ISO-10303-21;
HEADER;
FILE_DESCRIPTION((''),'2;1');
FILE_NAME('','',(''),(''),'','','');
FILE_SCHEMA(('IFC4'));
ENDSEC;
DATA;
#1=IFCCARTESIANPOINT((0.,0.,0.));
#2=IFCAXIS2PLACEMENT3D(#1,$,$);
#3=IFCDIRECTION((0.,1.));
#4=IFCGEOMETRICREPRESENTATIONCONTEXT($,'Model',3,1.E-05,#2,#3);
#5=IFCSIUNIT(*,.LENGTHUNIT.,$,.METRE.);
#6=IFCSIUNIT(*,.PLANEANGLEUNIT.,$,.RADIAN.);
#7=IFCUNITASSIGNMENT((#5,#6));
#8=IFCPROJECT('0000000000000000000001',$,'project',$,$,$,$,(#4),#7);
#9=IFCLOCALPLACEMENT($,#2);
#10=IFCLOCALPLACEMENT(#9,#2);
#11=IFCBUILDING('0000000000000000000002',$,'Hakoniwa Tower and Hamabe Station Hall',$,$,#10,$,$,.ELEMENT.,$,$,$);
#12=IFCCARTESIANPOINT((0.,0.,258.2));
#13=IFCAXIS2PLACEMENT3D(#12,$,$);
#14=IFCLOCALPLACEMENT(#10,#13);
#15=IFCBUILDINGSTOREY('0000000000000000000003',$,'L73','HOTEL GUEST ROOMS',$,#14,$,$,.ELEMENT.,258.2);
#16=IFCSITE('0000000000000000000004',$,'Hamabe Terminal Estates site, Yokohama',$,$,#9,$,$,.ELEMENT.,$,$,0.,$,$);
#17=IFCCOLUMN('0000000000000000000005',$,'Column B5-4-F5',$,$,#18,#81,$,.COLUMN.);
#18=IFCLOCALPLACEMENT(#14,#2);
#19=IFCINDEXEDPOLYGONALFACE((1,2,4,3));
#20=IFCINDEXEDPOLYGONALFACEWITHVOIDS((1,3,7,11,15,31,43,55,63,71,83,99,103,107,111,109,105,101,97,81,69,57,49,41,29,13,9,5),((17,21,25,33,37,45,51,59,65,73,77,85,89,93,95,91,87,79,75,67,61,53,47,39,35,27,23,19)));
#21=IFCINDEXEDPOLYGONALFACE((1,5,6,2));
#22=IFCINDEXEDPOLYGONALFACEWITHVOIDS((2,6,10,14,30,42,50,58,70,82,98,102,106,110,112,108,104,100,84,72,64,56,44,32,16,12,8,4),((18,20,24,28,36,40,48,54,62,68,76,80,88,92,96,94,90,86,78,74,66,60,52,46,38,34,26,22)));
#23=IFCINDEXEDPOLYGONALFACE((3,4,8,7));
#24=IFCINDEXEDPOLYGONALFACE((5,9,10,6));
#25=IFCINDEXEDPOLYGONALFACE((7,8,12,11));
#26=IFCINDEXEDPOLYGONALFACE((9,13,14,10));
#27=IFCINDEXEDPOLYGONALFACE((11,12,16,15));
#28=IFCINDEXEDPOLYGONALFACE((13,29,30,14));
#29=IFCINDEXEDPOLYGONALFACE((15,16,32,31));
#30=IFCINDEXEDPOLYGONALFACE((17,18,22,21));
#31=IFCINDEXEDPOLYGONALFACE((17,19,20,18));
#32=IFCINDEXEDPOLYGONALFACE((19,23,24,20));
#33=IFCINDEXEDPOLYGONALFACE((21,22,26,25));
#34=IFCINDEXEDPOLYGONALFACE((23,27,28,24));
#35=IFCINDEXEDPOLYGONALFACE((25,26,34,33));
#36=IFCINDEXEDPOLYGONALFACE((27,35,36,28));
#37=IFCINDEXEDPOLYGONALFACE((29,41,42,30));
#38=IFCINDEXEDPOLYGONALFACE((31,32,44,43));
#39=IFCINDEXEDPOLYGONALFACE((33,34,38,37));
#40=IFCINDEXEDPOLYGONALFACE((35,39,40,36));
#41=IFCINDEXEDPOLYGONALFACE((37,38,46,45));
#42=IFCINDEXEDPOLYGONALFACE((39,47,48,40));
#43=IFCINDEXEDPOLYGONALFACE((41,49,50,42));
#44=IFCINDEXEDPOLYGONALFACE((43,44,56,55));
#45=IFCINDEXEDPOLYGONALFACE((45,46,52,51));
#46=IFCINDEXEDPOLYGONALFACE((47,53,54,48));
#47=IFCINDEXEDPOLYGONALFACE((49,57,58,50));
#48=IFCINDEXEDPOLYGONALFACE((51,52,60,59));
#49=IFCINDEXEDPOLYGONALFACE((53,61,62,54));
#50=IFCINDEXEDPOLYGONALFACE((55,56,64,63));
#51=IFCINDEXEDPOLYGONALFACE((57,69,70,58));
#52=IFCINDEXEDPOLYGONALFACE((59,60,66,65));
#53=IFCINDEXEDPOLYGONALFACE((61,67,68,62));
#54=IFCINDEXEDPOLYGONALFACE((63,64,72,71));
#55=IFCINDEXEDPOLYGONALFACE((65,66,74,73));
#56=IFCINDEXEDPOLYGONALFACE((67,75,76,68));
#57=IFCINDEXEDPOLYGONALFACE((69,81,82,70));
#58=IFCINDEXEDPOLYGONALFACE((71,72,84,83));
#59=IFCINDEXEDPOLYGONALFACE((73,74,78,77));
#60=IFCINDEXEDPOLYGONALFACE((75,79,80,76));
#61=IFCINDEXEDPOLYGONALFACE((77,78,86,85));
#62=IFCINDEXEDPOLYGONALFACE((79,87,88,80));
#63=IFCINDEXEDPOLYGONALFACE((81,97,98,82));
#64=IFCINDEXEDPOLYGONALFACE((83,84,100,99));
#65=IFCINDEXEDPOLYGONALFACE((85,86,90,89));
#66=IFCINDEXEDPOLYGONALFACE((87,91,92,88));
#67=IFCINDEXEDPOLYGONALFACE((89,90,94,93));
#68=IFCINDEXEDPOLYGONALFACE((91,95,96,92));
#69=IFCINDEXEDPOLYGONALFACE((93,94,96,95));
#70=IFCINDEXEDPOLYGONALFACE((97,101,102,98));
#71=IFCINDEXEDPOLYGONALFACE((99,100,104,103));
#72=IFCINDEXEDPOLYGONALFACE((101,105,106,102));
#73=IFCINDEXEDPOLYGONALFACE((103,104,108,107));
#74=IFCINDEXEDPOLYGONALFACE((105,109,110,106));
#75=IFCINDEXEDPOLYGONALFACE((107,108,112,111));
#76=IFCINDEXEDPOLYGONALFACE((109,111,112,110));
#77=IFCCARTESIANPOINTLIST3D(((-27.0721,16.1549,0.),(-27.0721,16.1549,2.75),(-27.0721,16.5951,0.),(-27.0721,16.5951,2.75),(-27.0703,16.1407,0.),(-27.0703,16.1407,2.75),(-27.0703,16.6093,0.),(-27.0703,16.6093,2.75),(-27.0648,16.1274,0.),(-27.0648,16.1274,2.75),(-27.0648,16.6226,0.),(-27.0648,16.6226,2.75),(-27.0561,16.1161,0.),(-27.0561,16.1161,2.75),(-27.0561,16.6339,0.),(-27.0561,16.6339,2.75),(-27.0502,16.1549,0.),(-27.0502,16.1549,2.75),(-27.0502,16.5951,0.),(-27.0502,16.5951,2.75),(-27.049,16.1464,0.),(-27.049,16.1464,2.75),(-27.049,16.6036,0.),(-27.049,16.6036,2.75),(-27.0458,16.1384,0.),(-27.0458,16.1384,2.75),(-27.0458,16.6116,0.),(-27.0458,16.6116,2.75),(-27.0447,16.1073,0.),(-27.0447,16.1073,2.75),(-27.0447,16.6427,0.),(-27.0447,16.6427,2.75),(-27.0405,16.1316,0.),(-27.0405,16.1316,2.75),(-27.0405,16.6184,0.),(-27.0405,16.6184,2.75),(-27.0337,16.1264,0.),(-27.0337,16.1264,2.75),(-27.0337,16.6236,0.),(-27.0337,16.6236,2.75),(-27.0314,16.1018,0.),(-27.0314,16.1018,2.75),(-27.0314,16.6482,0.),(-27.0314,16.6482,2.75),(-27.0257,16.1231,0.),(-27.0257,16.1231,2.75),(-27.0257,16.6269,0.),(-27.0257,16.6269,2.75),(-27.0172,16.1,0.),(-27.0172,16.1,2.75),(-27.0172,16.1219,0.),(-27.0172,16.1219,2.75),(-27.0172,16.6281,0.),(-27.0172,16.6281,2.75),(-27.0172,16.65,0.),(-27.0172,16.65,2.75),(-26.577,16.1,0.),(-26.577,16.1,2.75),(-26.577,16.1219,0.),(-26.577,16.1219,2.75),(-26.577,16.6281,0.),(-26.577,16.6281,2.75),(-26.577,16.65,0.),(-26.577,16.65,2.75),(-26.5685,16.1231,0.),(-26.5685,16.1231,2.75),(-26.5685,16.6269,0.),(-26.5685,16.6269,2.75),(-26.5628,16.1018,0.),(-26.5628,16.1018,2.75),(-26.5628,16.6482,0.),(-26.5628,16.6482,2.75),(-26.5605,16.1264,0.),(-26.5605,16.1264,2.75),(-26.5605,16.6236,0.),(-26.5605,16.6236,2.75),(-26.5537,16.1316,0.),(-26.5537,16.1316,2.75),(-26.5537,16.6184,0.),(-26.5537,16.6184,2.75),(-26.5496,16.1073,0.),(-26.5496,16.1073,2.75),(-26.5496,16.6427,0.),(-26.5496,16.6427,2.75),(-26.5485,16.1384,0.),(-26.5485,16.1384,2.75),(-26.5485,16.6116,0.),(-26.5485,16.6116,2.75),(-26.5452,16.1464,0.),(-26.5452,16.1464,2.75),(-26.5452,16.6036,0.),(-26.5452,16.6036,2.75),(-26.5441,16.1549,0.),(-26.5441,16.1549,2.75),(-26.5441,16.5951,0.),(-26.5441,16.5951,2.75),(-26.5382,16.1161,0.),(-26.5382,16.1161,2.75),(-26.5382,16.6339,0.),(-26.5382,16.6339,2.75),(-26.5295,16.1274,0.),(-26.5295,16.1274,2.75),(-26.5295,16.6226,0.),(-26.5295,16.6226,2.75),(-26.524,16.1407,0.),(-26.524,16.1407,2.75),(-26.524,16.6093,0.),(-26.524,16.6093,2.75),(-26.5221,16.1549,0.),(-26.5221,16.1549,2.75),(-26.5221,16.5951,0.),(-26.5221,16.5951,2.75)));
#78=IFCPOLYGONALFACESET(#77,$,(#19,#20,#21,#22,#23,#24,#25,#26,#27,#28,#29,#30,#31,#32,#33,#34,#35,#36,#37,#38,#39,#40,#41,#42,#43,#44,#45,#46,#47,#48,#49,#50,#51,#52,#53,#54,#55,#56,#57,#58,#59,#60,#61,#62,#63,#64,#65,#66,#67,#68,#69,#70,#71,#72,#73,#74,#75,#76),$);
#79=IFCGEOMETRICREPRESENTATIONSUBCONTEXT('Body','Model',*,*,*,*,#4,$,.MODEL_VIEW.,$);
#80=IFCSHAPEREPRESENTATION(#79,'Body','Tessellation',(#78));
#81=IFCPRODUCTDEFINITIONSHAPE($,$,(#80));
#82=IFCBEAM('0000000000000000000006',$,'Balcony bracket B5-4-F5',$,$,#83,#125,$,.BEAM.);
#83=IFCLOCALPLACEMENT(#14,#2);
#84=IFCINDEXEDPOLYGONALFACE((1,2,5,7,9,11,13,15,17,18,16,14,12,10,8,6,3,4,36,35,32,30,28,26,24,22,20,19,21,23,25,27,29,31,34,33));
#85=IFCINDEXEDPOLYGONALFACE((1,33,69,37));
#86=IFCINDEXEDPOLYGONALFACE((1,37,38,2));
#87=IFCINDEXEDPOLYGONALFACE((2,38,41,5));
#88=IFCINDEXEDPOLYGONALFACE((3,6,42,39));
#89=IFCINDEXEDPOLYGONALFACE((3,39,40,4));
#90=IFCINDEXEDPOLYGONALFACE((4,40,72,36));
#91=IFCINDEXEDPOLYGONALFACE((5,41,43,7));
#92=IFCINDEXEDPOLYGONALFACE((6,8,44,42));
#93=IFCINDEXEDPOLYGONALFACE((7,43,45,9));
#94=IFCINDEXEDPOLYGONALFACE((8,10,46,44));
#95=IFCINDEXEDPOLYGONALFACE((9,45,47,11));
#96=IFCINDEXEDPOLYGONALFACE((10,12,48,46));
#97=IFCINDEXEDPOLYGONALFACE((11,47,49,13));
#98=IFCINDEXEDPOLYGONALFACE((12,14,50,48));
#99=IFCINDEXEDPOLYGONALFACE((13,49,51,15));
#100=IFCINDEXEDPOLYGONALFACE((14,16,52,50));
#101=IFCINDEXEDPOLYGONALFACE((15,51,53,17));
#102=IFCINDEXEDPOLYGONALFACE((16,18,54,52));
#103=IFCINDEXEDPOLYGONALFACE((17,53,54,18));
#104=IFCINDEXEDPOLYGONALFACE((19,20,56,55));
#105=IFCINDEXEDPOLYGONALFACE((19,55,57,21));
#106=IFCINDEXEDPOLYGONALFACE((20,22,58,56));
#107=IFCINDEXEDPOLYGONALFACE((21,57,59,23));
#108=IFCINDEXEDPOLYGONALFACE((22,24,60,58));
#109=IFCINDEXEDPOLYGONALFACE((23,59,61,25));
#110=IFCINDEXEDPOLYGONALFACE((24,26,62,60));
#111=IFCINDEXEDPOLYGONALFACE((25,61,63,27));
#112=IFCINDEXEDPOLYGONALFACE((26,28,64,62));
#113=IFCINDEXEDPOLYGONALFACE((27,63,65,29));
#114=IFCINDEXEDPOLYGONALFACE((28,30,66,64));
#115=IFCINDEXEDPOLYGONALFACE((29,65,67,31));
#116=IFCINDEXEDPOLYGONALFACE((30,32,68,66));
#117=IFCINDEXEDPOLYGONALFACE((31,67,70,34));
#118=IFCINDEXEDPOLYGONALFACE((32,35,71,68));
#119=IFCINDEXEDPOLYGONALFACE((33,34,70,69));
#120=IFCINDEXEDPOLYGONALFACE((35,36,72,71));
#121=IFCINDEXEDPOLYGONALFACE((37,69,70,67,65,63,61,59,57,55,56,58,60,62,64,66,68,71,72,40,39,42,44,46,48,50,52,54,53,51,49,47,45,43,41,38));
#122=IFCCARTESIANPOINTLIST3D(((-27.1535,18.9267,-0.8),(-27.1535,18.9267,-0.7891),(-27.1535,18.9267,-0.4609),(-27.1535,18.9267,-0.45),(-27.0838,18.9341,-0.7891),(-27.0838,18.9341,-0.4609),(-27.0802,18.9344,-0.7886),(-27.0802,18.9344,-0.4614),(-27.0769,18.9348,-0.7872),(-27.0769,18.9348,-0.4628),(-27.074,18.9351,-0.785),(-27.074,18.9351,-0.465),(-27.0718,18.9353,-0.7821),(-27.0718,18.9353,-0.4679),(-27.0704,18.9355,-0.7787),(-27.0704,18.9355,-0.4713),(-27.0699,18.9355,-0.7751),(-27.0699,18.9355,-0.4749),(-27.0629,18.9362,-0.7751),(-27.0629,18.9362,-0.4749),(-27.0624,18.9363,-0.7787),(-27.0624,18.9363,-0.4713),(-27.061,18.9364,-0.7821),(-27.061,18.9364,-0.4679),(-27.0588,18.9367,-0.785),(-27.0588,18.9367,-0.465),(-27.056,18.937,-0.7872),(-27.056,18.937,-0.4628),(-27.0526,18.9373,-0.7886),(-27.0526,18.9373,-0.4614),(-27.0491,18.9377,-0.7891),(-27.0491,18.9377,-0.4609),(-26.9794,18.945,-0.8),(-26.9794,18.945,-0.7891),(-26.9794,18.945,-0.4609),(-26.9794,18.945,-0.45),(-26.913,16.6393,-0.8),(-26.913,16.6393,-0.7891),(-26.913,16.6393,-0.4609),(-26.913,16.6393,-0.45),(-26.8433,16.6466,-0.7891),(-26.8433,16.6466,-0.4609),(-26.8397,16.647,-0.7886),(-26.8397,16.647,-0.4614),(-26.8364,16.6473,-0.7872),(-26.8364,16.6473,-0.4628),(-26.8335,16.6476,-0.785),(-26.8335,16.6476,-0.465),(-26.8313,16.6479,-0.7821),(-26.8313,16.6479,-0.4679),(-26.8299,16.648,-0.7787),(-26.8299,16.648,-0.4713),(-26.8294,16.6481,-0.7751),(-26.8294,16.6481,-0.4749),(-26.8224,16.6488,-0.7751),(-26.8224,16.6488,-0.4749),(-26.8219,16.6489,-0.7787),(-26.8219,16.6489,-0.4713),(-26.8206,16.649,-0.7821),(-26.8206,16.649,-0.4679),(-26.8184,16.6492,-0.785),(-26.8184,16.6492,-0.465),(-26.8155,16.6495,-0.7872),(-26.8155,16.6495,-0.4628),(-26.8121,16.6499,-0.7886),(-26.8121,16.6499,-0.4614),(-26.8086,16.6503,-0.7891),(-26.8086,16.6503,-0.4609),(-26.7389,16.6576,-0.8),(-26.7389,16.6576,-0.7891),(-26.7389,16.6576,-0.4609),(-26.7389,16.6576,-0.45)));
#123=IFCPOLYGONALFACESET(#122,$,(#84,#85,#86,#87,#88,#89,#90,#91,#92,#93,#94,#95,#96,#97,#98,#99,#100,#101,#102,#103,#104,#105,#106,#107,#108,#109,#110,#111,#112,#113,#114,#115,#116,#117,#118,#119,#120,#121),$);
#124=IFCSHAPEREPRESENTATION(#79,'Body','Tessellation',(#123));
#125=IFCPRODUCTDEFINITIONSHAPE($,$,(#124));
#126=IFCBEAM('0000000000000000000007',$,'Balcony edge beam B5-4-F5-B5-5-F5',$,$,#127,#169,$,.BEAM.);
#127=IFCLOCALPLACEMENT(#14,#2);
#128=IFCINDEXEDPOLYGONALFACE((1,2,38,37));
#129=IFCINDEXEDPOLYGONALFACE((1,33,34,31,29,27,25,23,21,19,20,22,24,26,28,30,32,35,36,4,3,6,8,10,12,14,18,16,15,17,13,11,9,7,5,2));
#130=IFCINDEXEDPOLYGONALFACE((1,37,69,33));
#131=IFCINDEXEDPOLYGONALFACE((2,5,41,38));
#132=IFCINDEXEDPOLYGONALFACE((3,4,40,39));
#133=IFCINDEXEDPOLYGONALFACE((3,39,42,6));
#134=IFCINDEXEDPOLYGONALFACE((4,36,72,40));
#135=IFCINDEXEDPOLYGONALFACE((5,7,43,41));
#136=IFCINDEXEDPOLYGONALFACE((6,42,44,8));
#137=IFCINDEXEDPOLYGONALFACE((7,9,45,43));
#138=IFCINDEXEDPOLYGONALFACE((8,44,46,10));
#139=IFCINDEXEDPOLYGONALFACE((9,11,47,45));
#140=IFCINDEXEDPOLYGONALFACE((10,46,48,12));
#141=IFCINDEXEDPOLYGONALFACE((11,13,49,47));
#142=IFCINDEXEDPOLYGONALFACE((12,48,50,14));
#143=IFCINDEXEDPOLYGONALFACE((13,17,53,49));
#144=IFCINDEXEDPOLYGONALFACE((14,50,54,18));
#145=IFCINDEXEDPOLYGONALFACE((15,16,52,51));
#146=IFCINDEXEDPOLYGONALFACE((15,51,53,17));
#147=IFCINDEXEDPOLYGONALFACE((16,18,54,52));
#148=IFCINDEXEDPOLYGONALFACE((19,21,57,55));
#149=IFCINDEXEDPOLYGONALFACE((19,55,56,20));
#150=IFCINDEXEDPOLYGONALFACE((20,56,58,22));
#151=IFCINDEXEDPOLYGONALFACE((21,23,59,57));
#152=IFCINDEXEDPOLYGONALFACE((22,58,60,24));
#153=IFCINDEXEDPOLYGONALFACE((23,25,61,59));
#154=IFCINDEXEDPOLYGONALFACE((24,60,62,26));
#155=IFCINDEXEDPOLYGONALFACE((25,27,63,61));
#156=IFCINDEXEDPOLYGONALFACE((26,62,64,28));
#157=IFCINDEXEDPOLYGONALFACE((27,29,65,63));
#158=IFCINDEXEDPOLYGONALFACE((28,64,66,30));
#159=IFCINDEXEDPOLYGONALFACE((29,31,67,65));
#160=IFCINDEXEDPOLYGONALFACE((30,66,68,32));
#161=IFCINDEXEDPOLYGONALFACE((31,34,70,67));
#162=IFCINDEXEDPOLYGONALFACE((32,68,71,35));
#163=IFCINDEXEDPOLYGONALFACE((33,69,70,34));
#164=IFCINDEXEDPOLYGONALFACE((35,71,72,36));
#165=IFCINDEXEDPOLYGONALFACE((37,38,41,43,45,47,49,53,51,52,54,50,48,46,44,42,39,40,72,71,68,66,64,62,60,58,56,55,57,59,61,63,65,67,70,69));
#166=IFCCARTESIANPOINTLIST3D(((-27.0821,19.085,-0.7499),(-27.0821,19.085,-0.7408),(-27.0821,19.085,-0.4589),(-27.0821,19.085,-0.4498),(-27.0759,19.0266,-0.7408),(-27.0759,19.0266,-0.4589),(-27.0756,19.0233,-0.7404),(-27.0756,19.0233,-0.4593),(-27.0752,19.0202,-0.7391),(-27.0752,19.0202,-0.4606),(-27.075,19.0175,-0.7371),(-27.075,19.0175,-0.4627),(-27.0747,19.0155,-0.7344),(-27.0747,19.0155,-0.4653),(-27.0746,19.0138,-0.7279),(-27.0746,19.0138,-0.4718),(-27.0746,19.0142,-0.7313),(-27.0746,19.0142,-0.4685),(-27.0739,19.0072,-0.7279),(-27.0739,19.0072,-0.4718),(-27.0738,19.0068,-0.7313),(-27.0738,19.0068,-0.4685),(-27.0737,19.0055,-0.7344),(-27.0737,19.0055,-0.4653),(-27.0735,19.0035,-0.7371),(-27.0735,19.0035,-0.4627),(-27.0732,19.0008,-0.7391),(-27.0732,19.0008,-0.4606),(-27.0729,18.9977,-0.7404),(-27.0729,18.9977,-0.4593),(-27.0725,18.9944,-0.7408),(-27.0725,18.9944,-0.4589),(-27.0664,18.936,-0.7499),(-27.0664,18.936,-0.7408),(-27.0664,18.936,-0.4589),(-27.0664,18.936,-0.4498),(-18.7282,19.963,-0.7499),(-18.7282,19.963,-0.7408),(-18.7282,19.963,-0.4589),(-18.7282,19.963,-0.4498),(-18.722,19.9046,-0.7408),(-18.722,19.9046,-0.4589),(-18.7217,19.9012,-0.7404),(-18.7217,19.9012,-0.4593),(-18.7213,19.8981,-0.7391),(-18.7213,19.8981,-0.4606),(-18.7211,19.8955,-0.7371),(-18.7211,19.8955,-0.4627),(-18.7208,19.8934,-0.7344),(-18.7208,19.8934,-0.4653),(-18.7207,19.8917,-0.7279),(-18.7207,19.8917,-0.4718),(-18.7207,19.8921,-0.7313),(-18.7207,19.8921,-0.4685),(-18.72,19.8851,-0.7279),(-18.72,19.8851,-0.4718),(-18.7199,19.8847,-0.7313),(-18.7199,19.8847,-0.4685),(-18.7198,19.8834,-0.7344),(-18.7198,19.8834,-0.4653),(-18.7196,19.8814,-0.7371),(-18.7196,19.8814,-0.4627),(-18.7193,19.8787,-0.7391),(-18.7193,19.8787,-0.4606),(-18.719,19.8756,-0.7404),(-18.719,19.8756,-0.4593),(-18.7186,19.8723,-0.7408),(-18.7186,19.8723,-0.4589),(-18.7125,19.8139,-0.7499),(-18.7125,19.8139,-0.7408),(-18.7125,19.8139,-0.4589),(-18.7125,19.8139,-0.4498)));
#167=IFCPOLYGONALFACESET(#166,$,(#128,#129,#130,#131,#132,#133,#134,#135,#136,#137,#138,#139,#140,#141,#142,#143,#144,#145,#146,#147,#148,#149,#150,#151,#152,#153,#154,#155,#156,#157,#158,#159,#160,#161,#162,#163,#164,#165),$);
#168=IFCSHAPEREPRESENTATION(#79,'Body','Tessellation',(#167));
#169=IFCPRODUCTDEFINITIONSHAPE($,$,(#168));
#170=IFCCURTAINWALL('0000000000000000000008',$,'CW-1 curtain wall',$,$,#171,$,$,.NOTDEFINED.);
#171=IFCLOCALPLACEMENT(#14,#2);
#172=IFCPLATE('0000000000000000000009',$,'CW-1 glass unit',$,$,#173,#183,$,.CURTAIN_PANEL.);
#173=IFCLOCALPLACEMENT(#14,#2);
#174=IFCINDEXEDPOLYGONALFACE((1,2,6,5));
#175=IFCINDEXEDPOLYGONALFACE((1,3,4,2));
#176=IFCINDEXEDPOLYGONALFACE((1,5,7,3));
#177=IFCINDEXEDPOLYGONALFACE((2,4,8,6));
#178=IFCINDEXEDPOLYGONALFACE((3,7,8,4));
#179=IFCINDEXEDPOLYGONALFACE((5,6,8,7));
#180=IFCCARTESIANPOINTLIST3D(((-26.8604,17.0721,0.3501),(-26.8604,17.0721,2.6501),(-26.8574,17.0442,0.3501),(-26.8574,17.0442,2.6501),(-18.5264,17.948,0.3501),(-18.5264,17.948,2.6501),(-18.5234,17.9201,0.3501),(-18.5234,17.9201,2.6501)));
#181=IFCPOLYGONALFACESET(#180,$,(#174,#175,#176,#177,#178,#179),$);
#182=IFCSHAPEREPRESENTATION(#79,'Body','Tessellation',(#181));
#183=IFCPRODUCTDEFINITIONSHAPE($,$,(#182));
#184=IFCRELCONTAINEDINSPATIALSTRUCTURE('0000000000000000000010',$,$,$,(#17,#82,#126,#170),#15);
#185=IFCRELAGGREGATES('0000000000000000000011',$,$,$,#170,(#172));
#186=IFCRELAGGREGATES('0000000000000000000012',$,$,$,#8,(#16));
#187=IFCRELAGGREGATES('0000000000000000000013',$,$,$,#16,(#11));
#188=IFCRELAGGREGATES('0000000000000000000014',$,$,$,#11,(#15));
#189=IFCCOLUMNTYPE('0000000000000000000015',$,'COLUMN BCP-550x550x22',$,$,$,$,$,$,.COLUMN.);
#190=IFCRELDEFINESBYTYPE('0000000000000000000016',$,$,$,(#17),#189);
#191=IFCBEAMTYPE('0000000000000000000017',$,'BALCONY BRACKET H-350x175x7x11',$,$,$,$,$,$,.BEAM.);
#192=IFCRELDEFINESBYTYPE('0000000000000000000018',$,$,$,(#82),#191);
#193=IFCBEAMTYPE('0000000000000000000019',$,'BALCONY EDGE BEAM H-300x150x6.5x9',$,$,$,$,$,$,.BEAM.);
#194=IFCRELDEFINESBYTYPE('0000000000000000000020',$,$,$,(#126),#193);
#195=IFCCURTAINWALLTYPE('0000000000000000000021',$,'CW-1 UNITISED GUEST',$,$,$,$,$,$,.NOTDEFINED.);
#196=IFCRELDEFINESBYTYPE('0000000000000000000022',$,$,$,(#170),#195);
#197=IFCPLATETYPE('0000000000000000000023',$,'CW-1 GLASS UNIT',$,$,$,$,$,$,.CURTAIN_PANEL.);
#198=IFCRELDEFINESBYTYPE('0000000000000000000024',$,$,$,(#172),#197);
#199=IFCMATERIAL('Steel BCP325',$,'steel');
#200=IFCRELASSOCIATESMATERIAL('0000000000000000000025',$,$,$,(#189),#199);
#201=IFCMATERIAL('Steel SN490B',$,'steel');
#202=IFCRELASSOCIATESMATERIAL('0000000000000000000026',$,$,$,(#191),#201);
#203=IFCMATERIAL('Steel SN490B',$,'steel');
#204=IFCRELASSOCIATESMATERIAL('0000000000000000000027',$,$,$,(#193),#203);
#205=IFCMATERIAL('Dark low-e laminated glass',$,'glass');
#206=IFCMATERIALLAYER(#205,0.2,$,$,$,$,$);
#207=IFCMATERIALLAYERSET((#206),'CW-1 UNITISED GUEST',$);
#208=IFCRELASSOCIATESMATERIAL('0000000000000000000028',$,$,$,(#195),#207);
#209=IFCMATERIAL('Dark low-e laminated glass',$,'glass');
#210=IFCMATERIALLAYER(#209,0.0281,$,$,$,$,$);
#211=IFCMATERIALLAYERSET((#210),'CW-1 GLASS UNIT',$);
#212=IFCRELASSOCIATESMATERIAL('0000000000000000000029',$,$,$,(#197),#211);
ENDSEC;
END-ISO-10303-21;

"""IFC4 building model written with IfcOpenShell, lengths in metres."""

from ifc_helpers import new_model, si_unit, direction, frame, origin, origin_2d, place, context, subcontext, project, spatial, rectangle, hollow_rectangle, i_section, extrude, material, layer, layer_set, material_profile, profile_set, type_object, element, aggregate, save


model = new_model("IFC4")

# Units and contexts
model_context = context("Model", 3, precision=1e-05, world=origin(), true_north=direction((0.0, 1.0)))
body_context = subcontext(model_context, "Body", "Model", "MODEL_VIEW")
ifc_project = project(units=[si_unit("LENGTHUNIT", "METRE"), si_unit("PLANEANGLEUNIT", "RADIAN")], contexts=[model_context])

# Site, building, storey
site_placement = place(None, origin())
site = spatial("IfcSite", under=ifc_project, at=site_placement, Name="Hamabe Terminal Estates site, Yokohama", CompositionType="ELEMENT", RefElevation=0.0)
building_placement = place(site_placement, origin())
building = spatial("IfcBuilding", under=site, at=building_placement, Name="Hakoniwa Tower and Hamabe Station Hall", CompositionType="ELEMENT")
storey_placement = place(building_placement, frame((0.0, 0.0, 258.2)))
storey = spatial("IfcBuildingStorey", under=building, at=storey_placement, Name="L73", Description="HOTEL GUEST ROOMS", CompositionType="ELEMENT", Elevation=258.2)

# Column
ifc_material_1 = material(Name="Steel BCP325", Category="steel")
ifc_material_profile_1 = material_profile(ifc_material_1, hollow_rectangle(XDim=0.55, YDim=0.55, WallThickness=0.022, InnerFilletRadius=0.033, OuterFilletRadius=0.0549, at=origin_2d()), Name="BCP-550x550x22")
ifc_profile_set_1 = profile_set([ifc_material_profile_1], Name="Steel BCP325")
column_type = type_object("IfcColumnType", Name="COLUMN BCP-550x550x22", PredefinedType="COLUMN", material=ifc_profile_set_1)
column_placement = place(storey_placement, frame((-26.7971, 16.375, 0.0), z_axis=(0.0, 0.0, 1.0), x_axis=(1.0, 0.0, 0.0)))
element("IfcColumn", 1, at=column_placement, inside=storey, type_object=column_type, Name="Column B5-4-F5", PredefinedType="COLUMN", context=body_context, shape_type="SweptSolid", body=[
    extrude(hollow_rectangle(XDim=0.55, YDim=0.55, WallThickness=0.022, InnerFilletRadius=0.033, OuterFilletRadius=0.0549, at=origin_2d()), origin(), (0.0, 0.0, 1.0), 2.75),
])

# Beams
ifc_material_2 = material(Name="Steel SN490B", Category="steel")
ifc_material_profile_2 = material_profile(ifc_material_2, i_section(OverallWidth=0.175, OverallDepth=0.3501, WebThickness=0.0071, FlangeThickness=0.011, FilletRadius=0.0139, at=origin_2d()), Name="H-350x175x7x11")
ifc_profile_set_2 = profile_set([ifc_material_profile_2], Name="Steel SN490B")
beam_type_1 = type_object("IfcBeamType", Name="BALCONY BRACKET H-350x175x7x11", PredefinedType="BEAM", material=ifc_profile_set_2)
beam_1_placement = place(storey_placement, frame((-26.8259, 16.6484, -0.625), z_axis=(-0.104558, 0.994519, 0.0), x_axis=(-0.994519, -0.104558, 0.0)))
element("IfcBeam", 2, at=beam_1_placement, inside=storey, type_object=beam_type_1, Name="Balcony bracket B5-4-F5", PredefinedType="BEAM", context=body_context, shape_type="SweptSolid", body=[
    extrude(i_section(OverallWidth=0.175, OverallDepth=0.3501, WebThickness=0.0071, FlangeThickness=0.011, FilletRadius=0.0139, at=origin_2d()), origin(), (0.0, 0.0, 1.0), 2.3),
])
ifc_material_3 = material(Name="Steel SN490B", Category="steel")
ifc_material_profile_3 = material_profile(ifc_material_3, i_section(OverallWidth=0.1499, OverallDepth=0.3, WebThickness=0.0066, FlangeThickness=0.009, FilletRadius=0.0129, at=origin_2d()), Name="H-300x150x6.5x9")
ifc_profile_set_3 = profile_set([ifc_material_profile_3], Name="Steel SN490B")
beam_type_2 = type_object("IfcBeamType", Name="BALCONY EDGE BEAM H-300x150x6.5x9", PredefinedType="BEAM", material=ifc_profile_set_3)
beam_2_placement = place(storey_placement, frame((-27.0742, 19.0105, -0.5999), z_axis=(0.994523, 0.104515, 0.0), x_axis=(-0.104515, 0.994523, 0.0)))
element("IfcBeam", 3, at=beam_2_placement, inside=storey, type_object=beam_type_2, Name="Balcony edge beam B5-4-F5-B5-5-F5", PredefinedType="BEAM", context=body_context, shape_type="SweptSolid", body=[
    extrude(i_section(OverallWidth=0.1499, OverallDepth=0.3, WebThickness=0.0066, FlangeThickness=0.009, FilletRadius=0.0129, at=origin_2d()), origin(), (0.0, 0.0, 1.0), 8.3999),
])

# Curtain wall, plate
ifc_material_4 = material(Name="Dark low-e laminated glass", Category="glass")
ifc_layer_1 = layer(ifc_material_4, 0.2)
ifc_layer_set_1 = layer_set([ifc_layer_1], Name="CW-1 UNITISED GUEST")
curtain_wall_type = type_object("IfcCurtainWallType", Name="CW-1 UNITISED GUEST", PredefinedType="NOTDEFINED", material=ifc_layer_set_1)
curtain_wall_placement = place(storey_placement, origin())
curtain_wall = element("IfcCurtainWall", 4, at=curtain_wall_placement, inside=storey, type_object=curtain_wall_type, Name="CW-1 curtain wall", PredefinedType="NOTDEFINED")
ifc_material_5 = material(Name="Dark low-e laminated glass", Category="glass")
ifc_layer_2 = layer(ifc_material_5, 0.0281)
ifc_layer_set_2 = layer_set([ifc_layer_2], Name="CW-1 GLASS UNIT")
plate_type = type_object("IfcPlateType", Name="CW-1 GLASS UNIT", PredefinedType="CURTAIN_PANEL", material=ifc_layer_set_2)
plate_1_placement = place(storey_placement, frame((-22.6919, 17.4961, 0.3501), z_axis=(0.0, 0.0, 1.0), x_axis=(-0.994522, -0.104528, 0.0)))
plate_1 = element("IfcPlate", 5, at=plate_1_placement, type_object=plate_type, Name="CW-1 glass unit", PredefinedType="CURTAIN_PANEL", context=body_context, shape_type="SweptSolid", body=[
    extrude(rectangle(XDim=8.3799, YDim=0.0281, at=origin_2d()), origin(), (0.0, 0.0, 1.0), 2.3),
])
aggregate(curtain_wall, [plate_1])

save(model, "model.ifc")
